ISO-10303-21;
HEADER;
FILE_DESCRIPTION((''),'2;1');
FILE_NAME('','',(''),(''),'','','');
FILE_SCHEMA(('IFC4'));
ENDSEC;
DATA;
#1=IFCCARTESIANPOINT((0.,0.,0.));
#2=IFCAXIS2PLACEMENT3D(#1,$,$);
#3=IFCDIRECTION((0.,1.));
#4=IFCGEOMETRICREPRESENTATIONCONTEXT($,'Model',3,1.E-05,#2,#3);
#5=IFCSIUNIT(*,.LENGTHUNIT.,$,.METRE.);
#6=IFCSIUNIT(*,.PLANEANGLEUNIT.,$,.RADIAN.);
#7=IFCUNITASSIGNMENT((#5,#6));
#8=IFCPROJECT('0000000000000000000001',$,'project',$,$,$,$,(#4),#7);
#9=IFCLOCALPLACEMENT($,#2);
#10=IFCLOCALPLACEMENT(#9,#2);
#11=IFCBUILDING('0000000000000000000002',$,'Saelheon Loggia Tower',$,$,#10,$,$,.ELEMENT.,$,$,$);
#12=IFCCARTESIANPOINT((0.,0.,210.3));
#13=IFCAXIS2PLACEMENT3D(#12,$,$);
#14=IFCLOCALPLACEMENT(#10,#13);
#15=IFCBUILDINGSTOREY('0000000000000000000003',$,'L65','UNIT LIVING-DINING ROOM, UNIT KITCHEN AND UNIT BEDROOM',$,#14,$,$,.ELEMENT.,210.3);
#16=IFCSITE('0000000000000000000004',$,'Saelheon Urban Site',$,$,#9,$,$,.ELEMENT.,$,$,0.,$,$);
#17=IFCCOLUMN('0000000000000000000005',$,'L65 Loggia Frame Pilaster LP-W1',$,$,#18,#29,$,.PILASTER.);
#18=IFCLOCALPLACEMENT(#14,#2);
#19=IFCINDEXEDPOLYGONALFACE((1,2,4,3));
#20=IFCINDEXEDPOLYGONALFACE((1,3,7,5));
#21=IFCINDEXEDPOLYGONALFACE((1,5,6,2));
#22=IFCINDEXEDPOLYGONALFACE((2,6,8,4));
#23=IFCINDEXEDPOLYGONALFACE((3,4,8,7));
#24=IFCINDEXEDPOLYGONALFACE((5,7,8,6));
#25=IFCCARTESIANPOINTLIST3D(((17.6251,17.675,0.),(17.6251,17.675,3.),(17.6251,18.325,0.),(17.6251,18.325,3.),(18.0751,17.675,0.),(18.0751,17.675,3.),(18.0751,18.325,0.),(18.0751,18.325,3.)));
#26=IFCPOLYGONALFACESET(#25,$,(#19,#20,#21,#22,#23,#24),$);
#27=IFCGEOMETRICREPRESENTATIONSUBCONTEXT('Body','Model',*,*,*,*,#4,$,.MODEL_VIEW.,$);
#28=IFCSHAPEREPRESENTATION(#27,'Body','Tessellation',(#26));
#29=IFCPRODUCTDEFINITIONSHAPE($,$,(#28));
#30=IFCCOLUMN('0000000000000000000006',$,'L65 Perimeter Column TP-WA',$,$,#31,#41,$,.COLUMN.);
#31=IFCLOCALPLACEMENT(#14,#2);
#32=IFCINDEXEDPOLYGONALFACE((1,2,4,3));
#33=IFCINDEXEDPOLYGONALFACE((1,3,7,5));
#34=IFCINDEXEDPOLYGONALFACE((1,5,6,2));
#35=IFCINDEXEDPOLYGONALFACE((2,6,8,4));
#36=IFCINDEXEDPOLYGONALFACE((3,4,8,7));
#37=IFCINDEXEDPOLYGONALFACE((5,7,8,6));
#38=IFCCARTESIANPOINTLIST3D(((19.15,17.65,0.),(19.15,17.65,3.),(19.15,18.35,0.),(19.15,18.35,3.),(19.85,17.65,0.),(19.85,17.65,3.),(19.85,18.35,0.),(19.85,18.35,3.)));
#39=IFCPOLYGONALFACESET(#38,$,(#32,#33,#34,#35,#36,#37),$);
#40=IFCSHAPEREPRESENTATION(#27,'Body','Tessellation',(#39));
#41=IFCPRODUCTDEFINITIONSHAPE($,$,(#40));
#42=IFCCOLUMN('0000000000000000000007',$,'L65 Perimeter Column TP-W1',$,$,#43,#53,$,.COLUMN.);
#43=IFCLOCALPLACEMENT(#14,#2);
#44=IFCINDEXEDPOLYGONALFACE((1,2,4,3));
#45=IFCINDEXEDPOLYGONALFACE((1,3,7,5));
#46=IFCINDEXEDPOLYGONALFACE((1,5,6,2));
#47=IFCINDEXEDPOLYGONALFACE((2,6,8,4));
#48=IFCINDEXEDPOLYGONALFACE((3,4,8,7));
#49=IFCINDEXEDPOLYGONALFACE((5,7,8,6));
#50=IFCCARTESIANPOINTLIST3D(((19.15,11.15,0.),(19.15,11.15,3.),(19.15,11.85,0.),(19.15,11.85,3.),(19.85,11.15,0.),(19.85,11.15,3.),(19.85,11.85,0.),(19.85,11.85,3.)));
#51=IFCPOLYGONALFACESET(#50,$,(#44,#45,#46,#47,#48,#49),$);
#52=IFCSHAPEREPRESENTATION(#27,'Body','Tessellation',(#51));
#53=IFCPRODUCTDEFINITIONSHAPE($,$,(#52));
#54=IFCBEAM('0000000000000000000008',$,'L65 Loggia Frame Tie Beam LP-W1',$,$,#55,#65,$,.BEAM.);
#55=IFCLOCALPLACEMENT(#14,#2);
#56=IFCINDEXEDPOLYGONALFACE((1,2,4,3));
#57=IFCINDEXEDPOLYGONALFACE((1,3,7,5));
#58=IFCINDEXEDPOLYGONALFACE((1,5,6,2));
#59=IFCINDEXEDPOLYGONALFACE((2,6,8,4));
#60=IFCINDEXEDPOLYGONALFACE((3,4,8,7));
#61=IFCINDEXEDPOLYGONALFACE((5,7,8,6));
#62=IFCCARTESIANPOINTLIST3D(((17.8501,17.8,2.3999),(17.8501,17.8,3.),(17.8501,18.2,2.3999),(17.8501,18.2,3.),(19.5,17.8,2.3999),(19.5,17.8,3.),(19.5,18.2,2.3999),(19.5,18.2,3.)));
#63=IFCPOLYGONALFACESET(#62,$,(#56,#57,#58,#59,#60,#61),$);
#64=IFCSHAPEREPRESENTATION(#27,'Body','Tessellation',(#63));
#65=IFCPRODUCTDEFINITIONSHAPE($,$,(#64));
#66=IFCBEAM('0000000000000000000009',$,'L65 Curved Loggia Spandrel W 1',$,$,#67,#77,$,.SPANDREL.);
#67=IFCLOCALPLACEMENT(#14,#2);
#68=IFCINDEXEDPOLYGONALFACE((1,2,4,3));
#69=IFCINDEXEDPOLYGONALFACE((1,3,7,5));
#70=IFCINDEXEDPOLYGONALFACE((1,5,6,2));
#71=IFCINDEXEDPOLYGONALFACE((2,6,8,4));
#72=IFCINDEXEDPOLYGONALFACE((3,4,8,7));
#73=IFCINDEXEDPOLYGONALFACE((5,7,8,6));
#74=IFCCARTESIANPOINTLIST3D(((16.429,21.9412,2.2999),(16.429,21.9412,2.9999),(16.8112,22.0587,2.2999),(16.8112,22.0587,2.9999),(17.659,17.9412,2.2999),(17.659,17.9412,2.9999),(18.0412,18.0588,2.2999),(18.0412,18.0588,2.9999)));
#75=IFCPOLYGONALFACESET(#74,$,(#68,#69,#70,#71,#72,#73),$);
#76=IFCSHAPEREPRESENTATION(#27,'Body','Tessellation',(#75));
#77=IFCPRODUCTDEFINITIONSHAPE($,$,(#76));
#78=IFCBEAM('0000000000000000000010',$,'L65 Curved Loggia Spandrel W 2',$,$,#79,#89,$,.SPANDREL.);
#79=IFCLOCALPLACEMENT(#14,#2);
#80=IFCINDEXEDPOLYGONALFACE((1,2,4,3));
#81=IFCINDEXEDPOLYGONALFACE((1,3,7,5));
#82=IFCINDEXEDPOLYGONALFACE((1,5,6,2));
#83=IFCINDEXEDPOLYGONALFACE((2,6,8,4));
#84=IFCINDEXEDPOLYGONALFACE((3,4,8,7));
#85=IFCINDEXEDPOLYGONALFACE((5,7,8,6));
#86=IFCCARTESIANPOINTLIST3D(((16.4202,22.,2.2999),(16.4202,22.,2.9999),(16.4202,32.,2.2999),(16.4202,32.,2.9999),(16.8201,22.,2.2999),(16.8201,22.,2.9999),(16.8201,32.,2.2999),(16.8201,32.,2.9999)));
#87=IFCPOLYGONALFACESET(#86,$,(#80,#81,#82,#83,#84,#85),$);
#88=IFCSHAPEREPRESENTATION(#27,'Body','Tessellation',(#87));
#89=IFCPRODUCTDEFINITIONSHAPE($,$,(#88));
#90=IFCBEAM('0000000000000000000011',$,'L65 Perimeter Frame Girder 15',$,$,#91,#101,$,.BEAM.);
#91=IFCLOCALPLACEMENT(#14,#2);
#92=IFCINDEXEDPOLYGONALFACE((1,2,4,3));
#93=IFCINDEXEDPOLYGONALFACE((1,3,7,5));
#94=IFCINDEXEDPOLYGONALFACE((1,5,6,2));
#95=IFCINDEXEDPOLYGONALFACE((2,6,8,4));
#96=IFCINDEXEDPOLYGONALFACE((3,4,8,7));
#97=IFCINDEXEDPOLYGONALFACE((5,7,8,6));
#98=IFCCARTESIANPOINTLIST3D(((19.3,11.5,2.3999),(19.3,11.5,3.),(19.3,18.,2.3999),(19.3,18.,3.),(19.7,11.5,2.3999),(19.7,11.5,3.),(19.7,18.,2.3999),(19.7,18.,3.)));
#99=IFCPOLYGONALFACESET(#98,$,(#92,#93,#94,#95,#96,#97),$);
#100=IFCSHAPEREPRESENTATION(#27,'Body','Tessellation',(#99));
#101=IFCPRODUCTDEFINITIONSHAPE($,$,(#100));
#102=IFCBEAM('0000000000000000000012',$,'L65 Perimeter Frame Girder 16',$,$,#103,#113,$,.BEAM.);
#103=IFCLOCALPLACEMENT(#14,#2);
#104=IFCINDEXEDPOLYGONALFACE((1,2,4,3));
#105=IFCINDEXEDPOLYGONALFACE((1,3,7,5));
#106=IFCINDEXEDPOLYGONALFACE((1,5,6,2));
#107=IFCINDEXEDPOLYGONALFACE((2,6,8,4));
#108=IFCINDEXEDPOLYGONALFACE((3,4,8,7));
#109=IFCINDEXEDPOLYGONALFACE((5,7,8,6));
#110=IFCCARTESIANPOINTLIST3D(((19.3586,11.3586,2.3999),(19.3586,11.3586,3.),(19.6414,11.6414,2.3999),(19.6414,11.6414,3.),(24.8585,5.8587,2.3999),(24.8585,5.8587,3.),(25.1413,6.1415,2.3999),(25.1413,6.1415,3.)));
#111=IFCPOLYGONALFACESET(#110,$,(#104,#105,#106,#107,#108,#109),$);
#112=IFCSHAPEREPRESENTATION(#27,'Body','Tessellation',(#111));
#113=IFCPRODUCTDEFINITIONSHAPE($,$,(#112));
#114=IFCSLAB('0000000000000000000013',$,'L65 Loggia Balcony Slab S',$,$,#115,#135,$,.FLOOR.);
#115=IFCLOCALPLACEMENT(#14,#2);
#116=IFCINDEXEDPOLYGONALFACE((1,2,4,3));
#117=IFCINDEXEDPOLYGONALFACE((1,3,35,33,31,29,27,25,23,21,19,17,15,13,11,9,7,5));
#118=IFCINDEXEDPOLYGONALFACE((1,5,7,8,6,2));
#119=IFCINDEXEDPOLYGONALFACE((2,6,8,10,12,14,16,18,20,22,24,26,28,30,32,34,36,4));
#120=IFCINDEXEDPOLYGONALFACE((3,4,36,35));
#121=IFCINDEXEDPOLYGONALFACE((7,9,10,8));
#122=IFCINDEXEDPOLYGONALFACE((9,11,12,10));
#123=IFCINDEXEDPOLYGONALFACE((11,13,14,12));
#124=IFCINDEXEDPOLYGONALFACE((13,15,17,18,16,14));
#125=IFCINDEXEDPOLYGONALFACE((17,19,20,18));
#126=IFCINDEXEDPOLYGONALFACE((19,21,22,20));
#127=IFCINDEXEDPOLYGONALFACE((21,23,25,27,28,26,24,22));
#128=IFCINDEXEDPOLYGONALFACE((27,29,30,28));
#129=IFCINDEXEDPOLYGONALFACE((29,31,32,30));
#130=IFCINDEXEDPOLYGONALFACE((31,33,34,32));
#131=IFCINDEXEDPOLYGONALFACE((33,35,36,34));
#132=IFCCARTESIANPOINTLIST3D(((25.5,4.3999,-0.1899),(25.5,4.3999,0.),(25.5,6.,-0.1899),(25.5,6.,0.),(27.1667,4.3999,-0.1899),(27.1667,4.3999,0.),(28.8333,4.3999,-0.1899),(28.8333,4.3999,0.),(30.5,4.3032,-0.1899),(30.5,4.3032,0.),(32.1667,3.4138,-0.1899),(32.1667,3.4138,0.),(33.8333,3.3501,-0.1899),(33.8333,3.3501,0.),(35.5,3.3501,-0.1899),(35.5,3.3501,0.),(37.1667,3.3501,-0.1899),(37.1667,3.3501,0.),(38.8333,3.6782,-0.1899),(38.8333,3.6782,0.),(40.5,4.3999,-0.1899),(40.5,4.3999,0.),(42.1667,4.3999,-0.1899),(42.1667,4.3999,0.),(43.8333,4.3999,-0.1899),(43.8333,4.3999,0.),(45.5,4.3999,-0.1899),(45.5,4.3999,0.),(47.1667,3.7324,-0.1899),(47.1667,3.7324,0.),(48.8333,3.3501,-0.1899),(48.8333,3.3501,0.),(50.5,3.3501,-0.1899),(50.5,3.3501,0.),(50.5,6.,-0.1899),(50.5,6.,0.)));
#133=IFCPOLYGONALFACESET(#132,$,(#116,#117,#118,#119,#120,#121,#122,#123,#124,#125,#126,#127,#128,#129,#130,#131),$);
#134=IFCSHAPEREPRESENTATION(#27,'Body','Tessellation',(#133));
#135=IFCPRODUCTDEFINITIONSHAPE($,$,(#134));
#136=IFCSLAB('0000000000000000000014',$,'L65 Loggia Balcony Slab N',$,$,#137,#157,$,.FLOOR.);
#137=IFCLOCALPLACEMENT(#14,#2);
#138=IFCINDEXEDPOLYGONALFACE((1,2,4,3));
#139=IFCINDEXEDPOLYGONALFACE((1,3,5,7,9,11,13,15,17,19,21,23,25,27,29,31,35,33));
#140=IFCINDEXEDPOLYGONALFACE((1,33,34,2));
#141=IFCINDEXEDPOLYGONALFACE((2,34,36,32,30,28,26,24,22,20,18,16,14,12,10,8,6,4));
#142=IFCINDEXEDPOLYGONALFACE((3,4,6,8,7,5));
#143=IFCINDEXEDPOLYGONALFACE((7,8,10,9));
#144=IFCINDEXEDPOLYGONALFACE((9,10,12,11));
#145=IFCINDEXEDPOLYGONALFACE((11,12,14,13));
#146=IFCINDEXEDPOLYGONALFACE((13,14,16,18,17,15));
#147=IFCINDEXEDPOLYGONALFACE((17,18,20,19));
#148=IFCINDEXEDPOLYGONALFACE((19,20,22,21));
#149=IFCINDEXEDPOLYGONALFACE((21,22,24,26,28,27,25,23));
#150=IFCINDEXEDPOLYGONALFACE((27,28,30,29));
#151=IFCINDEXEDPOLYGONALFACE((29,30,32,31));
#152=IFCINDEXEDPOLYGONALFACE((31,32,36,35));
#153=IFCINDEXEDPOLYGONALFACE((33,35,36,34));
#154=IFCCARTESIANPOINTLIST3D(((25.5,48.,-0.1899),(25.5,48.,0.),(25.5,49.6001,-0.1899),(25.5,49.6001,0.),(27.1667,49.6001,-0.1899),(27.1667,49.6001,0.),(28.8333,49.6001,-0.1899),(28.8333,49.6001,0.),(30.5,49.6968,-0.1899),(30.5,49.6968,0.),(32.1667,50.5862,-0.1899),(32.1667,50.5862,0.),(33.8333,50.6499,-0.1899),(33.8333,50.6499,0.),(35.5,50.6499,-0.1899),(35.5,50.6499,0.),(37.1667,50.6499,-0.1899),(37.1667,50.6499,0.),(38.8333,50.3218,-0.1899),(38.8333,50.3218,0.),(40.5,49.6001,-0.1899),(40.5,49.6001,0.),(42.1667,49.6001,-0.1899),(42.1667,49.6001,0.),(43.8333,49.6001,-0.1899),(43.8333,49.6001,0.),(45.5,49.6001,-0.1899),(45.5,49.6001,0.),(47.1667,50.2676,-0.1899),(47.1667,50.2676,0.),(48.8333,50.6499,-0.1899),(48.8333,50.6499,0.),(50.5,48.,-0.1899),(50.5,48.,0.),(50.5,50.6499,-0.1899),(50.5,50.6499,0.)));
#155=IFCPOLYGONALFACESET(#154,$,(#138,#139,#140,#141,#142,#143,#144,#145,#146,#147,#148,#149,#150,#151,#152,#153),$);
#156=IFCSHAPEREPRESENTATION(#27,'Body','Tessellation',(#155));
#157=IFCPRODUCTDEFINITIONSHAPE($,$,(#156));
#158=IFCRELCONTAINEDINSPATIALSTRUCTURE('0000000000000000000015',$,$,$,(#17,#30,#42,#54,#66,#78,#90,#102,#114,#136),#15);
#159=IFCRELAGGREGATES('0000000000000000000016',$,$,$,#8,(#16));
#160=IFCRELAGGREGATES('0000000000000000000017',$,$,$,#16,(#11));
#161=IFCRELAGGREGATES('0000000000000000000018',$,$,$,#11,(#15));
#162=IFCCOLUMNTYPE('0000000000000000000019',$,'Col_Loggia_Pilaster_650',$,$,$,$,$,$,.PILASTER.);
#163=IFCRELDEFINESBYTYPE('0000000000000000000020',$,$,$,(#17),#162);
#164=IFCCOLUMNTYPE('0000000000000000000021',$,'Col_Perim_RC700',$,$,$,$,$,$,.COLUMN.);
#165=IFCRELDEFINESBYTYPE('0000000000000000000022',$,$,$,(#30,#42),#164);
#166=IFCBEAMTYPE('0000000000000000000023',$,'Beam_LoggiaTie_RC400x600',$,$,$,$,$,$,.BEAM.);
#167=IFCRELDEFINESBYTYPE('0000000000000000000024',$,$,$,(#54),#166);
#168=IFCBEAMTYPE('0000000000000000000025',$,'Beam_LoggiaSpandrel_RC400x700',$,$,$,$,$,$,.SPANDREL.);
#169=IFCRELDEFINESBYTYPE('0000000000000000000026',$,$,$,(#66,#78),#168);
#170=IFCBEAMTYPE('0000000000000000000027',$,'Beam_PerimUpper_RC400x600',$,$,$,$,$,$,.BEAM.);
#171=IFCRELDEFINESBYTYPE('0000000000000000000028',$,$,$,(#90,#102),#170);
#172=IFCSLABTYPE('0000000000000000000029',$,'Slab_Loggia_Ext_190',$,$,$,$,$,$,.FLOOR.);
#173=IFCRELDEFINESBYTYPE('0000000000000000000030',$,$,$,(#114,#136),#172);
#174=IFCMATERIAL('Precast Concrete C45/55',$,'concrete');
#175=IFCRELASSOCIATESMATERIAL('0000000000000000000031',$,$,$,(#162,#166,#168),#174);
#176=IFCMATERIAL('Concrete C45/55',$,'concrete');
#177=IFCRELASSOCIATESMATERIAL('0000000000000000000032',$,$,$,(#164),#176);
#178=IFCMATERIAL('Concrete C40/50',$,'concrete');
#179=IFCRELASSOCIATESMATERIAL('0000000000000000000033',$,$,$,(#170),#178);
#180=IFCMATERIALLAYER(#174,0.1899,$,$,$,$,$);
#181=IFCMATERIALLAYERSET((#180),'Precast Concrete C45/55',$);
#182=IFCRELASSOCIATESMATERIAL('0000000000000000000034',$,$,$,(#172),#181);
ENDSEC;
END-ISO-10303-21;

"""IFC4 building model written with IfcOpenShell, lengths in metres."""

from ifc_helpers import new_model, si_unit, direction, frame, origin, origin_2d, place, context, subcontext, project, spatial, polyline, rectangle, outline, extrude, source, transform, mapped, material, layer, layer_set, material_profile, profile_set, type_object, element, save


model = new_model("IFC4")

# Units and contexts
model_context = context("Model", 3, precision=1e-05, world=origin(), true_north=direction((0.0, 1.0)))
body_context = subcontext(model_context, "Body", "Model", "MODEL_VIEW")
ifc_project = project(units=[si_unit("LENGTHUNIT", "METRE"), si_unit("PLANEANGLEUNIT", "RADIAN")], contexts=[model_context])

# Site, building, storey
site_placement = place(None, origin())
site = spatial("IfcSite", under=ifc_project, at=site_placement, Name="Saelheon Urban Site", CompositionType="ELEMENT", RefElevation=0.0)
building_placement = place(site_placement, origin())
building = spatial("IfcBuilding", under=site, at=building_placement, Name="Saelheon Loggia Tower", CompositionType="ELEMENT")
storey_placement = place(building_placement, frame((0.0, 0.0, 210.3)))
storey = spatial("IfcBuildingStorey", under=building, at=storey_placement, Name="L65", Description="UNIT LIVING-DINING ROOM, UNIT KITCHEN AND UNIT BEDROOM", CompositionType="ELEMENT", Elevation=210.3)

# Columns
ifc_material_1 = material(Name="Precast Concrete C45/55", Category="concrete")
ifc_material_profile_1 = material_profile(ifc_material_1, rectangle(XDim=0.45, YDim=0.6499, at=origin_2d()), Name="RC-450x650")
ifc_profile_set_1 = profile_set([ifc_material_profile_1], Name="Precast Concrete C45/55")
column_type_1 = type_object("IfcColumnType", Name="Col_Loggia_Pilaster_650", PredefinedType="PILASTER", material=ifc_profile_set_1)
shared_shape_1 = source(origin(), body_context, "Body", "SweptSolid", [
    extrude(rectangle(XDim=0.45, YDim=0.6499, at=origin_2d()), origin(), (0.0, 0.0, 1.0), 3.0),
])
column_placement = place(storey_placement, frame((17.8501, 18.0, 0.0), z_axis=(0.0, 0.0, 1.0), x_axis=(1.0, 0.0, 0.0)))
element("IfcColumn", 1, at=column_placement, inside=storey, type_object=column_type_1, Name="L65 Loggia Frame Pilaster LP-W1", PredefinedType="PILASTER", context=body_context, shape_type="MappedRepresentation", body=[
    mapped(shared_shape_1, transform((0.0, 0.0, 0.0), scale=1.0)),
])
ifc_material_2 = material(Name="Concrete C45/55", Category="concrete")
ifc_material_profile_2 = material_profile(ifc_material_2, rectangle(XDim=0.7, YDim=0.7, at=origin_2d()), Name="RC-700x700")
ifc_profile_set_2 = profile_set([ifc_material_profile_2], Name="Concrete C45/55")
column_type_2 = type_object("IfcColumnType", Name="Col_Perim_RC700", PredefinedType="COLUMN", material=ifc_profile_set_2)
shared_shape_2 = source(origin(), body_context, "Body", "SweptSolid", [
    extrude(rectangle(XDim=0.7, YDim=0.7, at=origin_2d()), origin(), (0.0, 0.0, 1.0), 3.0),
])
for number, where, z_axis, x_axis, name in (
    (2, (19.5, 18.0, 0.0), (0.0, 0.0, 1.0), (1.0, 0.0, 0.0), "L65 Perimeter Column TP-WA"),
    (3, (19.5, 11.5, 0.0), (0.0, 0.0, 1.0), (1.0, 0.0, 0.0), "L65 Perimeter Column TP-W1"),
):
    element("IfcColumn", number, at=place(storey_placement, frame(where, z_axis=z_axis, x_axis=x_axis)), inside=storey, type_object=column_type_2, Name=name, PredefinedType="COLUMN", context=body_context, shape_type="MappedRepresentation", body=[
        mapped(shared_shape_2, transform((0.0, 0.0, 0.0), scale=1.0)),
    ])

# Beams
ifc_material_profile_3 = material_profile(ifc_material_1, rectangle(XDim=0.3999, YDim=0.6001, at=origin_2d()), Name="RC-400x600")
ifc_profile_set_3 = profile_set([ifc_material_profile_3], Name="Precast Concrete C45/55")
beam_type_1 = type_object("IfcBeamType", Name="Beam_LoggiaTie_RC400x600", PredefinedType="BEAM", material=ifc_profile_set_3)
shared_shape_3 = source(origin(), body_context, "Body", "SweptSolid", [
    extrude(rectangle(XDim=0.3999, YDim=0.6001, at=origin_2d()), origin(), (0.0, 0.0, 1.0), 1.6499),
])
beam_1_placement = place(storey_placement, frame((19.5, 18.0, 2.7), z_axis=(-1.0, 0.0, 0.0), x_axis=(0.0, -1.0, 0.0)))
element("IfcBeam", 4, at=beam_1_placement, inside=storey, type_object=beam_type_1, Name="L65 Loggia Frame Tie Beam LP-W1", PredefinedType="BEAM", context=body_context, shape_type="MappedRepresentation", body=[
    mapped(shared_shape_3, transform((0.0, 0.0, 0.0), scale=1.0)),
])
ifc_material_profile_4 = material_profile(ifc_material_1, rectangle(XDim=0.3999, YDim=0.7, at=origin_2d()), Name="RC-400x700")
ifc_profile_set_4 = profile_set([ifc_material_profile_4], Name="Precast Concrete C45/55")
beam_type_2 = type_object("IfcBeamType", Name="Beam_LoggiaSpandrel_RC400x700", PredefinedType="SPANDREL", material=ifc_profile_set_4)
shared_shape_4 = source(origin(), body_context, "Body", "SweptSolid", [
    extrude(rectangle(XDim=0.3999, YDim=0.7, at=origin_2d()), origin(), (0.0, 0.0, 1.0), 4.1848),
])
beam_2_placement = place(storey_placement, frame((17.8501, 18.0, 2.6499), z_axis=(-0.293914, 0.955832, 0.0), x_axis=(-0.955832, -0.293914, 0.0)))
element("IfcBeam", 5, at=beam_2_placement, inside=storey, type_object=beam_type_2, Name="L65 Curved Loggia Spandrel W 1", PredefinedType="SPANDREL", context=body_context, shape_type="MappedRepresentation", body=[
    mapped(shared_shape_4, transform((0.0, 0.0, 0.0), scale=1.0)),
])
shared_shape_5 = source(origin(), body_context, "Body", "SweptSolid", [
    extrude(rectangle(XDim=0.3999, YDim=0.7, at=origin_2d()), origin(), (0.0, 0.0, 1.0), 10.0),
])
beam_3_placement = place(storey_placement, frame((16.6201, 22.0, 2.6499), z_axis=(0.0, 1.0, 0.0), x_axis=(-1.0, 0.0, 0.0)))
element("IfcBeam", 6, at=beam_3_placement, inside=storey, type_object=beam_type_2, Name="L65 Curved Loggia Spandrel W 2", PredefinedType="SPANDREL", context=body_context, shape_type="MappedRepresentation", body=[
    mapped(shared_shape_5, transform((0.0, 0.0, 0.0), scale=1.0)),
])
ifc_material_3 = material(Name="Concrete C40/50", Category="concrete")
ifc_material_profile_5 = material_profile(ifc_material_3, rectangle(XDim=0.3999, YDim=0.6001, at=origin_2d()), Name="RC-400x600")
ifc_profile_set_5 = profile_set([ifc_material_profile_5], Name="Concrete C40/50")
beam_type_3 = type_object("IfcBeamType", Name="Beam_PerimUpper_RC400x600", PredefinedType="BEAM", material=ifc_profile_set_5)
shared_shape_6 = source(origin(), body_context, "Body", "SweptSolid", [
    extrude(rectangle(XDim=0.3999, YDim=0.6001, at=origin_2d()), origin(), (0.0, 0.0, 1.0), 6.5),
])
beam_4_placement = place(storey_placement, frame((19.5, 18.0, 2.7), z_axis=(0.0, -1.0, 0.0), x_axis=(1.0, 0.0, 0.0)))
element("IfcBeam", 7, at=beam_4_placement, inside=storey, type_object=beam_type_3, Name="L65 Perimeter Frame Girder 15", PredefinedType="BEAM", context=body_context, shape_type="MappedRepresentation", body=[
    mapped(shared_shape_6, transform((0.0, 0.0, 0.0), scale=1.0)),
])
shared_shape_7 = source(origin(), body_context, "Body", "SweptSolid", [
    extrude(rectangle(XDim=0.3999, YDim=0.6001, at=origin_2d()), origin(), (0.0, 0.0, 1.0), 7.7781),
])
beam_5_placement = place(storey_placement, frame((19.5, 11.5, 2.7), z_axis=(0.707107, -0.707107, 0.0), x_axis=(0.707107, 0.707107, 0.0)))
element("IfcBeam", 8, at=beam_5_placement, inside=storey, type_object=beam_type_3, Name="L65 Perimeter Frame Girder 16", PredefinedType="BEAM", context=body_context, shape_type="MappedRepresentation", body=[
    mapped(shared_shape_7, transform((0.0, 0.0, 0.0), scale=1.0)),
])

# Slabs
ifc_layer_1 = layer(ifc_material_1, 0.1899)
ifc_layer_set_1 = layer_set([ifc_layer_1], Name="Precast Concrete C45/55")
slab_type_1 = type_object("IfcSlabType", Name="Slab_Loggia_Ext_190", PredefinedType="FLOOR", material=ifc_layer_set_1)
slab_1_placement = place(storey_placement, frame((0.0, 0.0, -0.1899)))
element("IfcSlab", 9, at=slab_1_placement, inside=storey, type_object=slab_type_1, Name="L65 Loggia Balcony Slab S", PredefinedType="FLOOR", context=body_context, shape_type="SweptSolid", body=[
    extrude(outline(polyline([(25.5, 4.3999), (27.1667, 4.3999), (28.8333, 4.3999), (30.5, 4.3032), (32.1667, 3.4138), (33.8333, 3.3501), (35.5, 3.3501), (37.1667, 3.3501), (38.8333, 3.6782), (40.5, 4.3999), (42.1667, 4.3999), (43.8333, 4.3999), (45.5, 4.3999), (47.1667, 3.7324), (48.8333, 3.3501), (50.5, 3.3501), (50.5, 6.0), (25.5, 6.0), (25.5, 4.3999)])), origin(), (0.0, 0.0, 1.0), 0.1899),
])
slab_2_placement = place(storey_placement, frame((0.0, 0.0, -0.1899)))
element("IfcSlab", 10, at=slab_2_placement, inside=storey, type_object=slab_type_1, Name="L65 Loggia Balcony Slab N", PredefinedType="FLOOR", context=body_context, shape_type="SweptSolid", body=[
    extrude(outline(polyline([(25.5, 48.0), (50.5, 48.0), (50.5, 50.6499), (48.8333, 50.6499), (47.1667, 50.2676), (45.5, 49.6001), (43.8333, 49.6001), (42.1667, 49.6001), (40.5, 49.6001), (38.8333, 50.3218), (37.1667, 50.6499), (35.5, 50.6499), (33.8333, 50.6499), (32.1667, 50.5862), (30.5, 49.6968), (28.8333, 49.6001), (27.1667, 49.6001), (25.5, 49.6001), (25.5, 48.0)])), origin(), (0.0, 0.0, 1.0), 0.1899),
])

save(model, "model.ifc")
